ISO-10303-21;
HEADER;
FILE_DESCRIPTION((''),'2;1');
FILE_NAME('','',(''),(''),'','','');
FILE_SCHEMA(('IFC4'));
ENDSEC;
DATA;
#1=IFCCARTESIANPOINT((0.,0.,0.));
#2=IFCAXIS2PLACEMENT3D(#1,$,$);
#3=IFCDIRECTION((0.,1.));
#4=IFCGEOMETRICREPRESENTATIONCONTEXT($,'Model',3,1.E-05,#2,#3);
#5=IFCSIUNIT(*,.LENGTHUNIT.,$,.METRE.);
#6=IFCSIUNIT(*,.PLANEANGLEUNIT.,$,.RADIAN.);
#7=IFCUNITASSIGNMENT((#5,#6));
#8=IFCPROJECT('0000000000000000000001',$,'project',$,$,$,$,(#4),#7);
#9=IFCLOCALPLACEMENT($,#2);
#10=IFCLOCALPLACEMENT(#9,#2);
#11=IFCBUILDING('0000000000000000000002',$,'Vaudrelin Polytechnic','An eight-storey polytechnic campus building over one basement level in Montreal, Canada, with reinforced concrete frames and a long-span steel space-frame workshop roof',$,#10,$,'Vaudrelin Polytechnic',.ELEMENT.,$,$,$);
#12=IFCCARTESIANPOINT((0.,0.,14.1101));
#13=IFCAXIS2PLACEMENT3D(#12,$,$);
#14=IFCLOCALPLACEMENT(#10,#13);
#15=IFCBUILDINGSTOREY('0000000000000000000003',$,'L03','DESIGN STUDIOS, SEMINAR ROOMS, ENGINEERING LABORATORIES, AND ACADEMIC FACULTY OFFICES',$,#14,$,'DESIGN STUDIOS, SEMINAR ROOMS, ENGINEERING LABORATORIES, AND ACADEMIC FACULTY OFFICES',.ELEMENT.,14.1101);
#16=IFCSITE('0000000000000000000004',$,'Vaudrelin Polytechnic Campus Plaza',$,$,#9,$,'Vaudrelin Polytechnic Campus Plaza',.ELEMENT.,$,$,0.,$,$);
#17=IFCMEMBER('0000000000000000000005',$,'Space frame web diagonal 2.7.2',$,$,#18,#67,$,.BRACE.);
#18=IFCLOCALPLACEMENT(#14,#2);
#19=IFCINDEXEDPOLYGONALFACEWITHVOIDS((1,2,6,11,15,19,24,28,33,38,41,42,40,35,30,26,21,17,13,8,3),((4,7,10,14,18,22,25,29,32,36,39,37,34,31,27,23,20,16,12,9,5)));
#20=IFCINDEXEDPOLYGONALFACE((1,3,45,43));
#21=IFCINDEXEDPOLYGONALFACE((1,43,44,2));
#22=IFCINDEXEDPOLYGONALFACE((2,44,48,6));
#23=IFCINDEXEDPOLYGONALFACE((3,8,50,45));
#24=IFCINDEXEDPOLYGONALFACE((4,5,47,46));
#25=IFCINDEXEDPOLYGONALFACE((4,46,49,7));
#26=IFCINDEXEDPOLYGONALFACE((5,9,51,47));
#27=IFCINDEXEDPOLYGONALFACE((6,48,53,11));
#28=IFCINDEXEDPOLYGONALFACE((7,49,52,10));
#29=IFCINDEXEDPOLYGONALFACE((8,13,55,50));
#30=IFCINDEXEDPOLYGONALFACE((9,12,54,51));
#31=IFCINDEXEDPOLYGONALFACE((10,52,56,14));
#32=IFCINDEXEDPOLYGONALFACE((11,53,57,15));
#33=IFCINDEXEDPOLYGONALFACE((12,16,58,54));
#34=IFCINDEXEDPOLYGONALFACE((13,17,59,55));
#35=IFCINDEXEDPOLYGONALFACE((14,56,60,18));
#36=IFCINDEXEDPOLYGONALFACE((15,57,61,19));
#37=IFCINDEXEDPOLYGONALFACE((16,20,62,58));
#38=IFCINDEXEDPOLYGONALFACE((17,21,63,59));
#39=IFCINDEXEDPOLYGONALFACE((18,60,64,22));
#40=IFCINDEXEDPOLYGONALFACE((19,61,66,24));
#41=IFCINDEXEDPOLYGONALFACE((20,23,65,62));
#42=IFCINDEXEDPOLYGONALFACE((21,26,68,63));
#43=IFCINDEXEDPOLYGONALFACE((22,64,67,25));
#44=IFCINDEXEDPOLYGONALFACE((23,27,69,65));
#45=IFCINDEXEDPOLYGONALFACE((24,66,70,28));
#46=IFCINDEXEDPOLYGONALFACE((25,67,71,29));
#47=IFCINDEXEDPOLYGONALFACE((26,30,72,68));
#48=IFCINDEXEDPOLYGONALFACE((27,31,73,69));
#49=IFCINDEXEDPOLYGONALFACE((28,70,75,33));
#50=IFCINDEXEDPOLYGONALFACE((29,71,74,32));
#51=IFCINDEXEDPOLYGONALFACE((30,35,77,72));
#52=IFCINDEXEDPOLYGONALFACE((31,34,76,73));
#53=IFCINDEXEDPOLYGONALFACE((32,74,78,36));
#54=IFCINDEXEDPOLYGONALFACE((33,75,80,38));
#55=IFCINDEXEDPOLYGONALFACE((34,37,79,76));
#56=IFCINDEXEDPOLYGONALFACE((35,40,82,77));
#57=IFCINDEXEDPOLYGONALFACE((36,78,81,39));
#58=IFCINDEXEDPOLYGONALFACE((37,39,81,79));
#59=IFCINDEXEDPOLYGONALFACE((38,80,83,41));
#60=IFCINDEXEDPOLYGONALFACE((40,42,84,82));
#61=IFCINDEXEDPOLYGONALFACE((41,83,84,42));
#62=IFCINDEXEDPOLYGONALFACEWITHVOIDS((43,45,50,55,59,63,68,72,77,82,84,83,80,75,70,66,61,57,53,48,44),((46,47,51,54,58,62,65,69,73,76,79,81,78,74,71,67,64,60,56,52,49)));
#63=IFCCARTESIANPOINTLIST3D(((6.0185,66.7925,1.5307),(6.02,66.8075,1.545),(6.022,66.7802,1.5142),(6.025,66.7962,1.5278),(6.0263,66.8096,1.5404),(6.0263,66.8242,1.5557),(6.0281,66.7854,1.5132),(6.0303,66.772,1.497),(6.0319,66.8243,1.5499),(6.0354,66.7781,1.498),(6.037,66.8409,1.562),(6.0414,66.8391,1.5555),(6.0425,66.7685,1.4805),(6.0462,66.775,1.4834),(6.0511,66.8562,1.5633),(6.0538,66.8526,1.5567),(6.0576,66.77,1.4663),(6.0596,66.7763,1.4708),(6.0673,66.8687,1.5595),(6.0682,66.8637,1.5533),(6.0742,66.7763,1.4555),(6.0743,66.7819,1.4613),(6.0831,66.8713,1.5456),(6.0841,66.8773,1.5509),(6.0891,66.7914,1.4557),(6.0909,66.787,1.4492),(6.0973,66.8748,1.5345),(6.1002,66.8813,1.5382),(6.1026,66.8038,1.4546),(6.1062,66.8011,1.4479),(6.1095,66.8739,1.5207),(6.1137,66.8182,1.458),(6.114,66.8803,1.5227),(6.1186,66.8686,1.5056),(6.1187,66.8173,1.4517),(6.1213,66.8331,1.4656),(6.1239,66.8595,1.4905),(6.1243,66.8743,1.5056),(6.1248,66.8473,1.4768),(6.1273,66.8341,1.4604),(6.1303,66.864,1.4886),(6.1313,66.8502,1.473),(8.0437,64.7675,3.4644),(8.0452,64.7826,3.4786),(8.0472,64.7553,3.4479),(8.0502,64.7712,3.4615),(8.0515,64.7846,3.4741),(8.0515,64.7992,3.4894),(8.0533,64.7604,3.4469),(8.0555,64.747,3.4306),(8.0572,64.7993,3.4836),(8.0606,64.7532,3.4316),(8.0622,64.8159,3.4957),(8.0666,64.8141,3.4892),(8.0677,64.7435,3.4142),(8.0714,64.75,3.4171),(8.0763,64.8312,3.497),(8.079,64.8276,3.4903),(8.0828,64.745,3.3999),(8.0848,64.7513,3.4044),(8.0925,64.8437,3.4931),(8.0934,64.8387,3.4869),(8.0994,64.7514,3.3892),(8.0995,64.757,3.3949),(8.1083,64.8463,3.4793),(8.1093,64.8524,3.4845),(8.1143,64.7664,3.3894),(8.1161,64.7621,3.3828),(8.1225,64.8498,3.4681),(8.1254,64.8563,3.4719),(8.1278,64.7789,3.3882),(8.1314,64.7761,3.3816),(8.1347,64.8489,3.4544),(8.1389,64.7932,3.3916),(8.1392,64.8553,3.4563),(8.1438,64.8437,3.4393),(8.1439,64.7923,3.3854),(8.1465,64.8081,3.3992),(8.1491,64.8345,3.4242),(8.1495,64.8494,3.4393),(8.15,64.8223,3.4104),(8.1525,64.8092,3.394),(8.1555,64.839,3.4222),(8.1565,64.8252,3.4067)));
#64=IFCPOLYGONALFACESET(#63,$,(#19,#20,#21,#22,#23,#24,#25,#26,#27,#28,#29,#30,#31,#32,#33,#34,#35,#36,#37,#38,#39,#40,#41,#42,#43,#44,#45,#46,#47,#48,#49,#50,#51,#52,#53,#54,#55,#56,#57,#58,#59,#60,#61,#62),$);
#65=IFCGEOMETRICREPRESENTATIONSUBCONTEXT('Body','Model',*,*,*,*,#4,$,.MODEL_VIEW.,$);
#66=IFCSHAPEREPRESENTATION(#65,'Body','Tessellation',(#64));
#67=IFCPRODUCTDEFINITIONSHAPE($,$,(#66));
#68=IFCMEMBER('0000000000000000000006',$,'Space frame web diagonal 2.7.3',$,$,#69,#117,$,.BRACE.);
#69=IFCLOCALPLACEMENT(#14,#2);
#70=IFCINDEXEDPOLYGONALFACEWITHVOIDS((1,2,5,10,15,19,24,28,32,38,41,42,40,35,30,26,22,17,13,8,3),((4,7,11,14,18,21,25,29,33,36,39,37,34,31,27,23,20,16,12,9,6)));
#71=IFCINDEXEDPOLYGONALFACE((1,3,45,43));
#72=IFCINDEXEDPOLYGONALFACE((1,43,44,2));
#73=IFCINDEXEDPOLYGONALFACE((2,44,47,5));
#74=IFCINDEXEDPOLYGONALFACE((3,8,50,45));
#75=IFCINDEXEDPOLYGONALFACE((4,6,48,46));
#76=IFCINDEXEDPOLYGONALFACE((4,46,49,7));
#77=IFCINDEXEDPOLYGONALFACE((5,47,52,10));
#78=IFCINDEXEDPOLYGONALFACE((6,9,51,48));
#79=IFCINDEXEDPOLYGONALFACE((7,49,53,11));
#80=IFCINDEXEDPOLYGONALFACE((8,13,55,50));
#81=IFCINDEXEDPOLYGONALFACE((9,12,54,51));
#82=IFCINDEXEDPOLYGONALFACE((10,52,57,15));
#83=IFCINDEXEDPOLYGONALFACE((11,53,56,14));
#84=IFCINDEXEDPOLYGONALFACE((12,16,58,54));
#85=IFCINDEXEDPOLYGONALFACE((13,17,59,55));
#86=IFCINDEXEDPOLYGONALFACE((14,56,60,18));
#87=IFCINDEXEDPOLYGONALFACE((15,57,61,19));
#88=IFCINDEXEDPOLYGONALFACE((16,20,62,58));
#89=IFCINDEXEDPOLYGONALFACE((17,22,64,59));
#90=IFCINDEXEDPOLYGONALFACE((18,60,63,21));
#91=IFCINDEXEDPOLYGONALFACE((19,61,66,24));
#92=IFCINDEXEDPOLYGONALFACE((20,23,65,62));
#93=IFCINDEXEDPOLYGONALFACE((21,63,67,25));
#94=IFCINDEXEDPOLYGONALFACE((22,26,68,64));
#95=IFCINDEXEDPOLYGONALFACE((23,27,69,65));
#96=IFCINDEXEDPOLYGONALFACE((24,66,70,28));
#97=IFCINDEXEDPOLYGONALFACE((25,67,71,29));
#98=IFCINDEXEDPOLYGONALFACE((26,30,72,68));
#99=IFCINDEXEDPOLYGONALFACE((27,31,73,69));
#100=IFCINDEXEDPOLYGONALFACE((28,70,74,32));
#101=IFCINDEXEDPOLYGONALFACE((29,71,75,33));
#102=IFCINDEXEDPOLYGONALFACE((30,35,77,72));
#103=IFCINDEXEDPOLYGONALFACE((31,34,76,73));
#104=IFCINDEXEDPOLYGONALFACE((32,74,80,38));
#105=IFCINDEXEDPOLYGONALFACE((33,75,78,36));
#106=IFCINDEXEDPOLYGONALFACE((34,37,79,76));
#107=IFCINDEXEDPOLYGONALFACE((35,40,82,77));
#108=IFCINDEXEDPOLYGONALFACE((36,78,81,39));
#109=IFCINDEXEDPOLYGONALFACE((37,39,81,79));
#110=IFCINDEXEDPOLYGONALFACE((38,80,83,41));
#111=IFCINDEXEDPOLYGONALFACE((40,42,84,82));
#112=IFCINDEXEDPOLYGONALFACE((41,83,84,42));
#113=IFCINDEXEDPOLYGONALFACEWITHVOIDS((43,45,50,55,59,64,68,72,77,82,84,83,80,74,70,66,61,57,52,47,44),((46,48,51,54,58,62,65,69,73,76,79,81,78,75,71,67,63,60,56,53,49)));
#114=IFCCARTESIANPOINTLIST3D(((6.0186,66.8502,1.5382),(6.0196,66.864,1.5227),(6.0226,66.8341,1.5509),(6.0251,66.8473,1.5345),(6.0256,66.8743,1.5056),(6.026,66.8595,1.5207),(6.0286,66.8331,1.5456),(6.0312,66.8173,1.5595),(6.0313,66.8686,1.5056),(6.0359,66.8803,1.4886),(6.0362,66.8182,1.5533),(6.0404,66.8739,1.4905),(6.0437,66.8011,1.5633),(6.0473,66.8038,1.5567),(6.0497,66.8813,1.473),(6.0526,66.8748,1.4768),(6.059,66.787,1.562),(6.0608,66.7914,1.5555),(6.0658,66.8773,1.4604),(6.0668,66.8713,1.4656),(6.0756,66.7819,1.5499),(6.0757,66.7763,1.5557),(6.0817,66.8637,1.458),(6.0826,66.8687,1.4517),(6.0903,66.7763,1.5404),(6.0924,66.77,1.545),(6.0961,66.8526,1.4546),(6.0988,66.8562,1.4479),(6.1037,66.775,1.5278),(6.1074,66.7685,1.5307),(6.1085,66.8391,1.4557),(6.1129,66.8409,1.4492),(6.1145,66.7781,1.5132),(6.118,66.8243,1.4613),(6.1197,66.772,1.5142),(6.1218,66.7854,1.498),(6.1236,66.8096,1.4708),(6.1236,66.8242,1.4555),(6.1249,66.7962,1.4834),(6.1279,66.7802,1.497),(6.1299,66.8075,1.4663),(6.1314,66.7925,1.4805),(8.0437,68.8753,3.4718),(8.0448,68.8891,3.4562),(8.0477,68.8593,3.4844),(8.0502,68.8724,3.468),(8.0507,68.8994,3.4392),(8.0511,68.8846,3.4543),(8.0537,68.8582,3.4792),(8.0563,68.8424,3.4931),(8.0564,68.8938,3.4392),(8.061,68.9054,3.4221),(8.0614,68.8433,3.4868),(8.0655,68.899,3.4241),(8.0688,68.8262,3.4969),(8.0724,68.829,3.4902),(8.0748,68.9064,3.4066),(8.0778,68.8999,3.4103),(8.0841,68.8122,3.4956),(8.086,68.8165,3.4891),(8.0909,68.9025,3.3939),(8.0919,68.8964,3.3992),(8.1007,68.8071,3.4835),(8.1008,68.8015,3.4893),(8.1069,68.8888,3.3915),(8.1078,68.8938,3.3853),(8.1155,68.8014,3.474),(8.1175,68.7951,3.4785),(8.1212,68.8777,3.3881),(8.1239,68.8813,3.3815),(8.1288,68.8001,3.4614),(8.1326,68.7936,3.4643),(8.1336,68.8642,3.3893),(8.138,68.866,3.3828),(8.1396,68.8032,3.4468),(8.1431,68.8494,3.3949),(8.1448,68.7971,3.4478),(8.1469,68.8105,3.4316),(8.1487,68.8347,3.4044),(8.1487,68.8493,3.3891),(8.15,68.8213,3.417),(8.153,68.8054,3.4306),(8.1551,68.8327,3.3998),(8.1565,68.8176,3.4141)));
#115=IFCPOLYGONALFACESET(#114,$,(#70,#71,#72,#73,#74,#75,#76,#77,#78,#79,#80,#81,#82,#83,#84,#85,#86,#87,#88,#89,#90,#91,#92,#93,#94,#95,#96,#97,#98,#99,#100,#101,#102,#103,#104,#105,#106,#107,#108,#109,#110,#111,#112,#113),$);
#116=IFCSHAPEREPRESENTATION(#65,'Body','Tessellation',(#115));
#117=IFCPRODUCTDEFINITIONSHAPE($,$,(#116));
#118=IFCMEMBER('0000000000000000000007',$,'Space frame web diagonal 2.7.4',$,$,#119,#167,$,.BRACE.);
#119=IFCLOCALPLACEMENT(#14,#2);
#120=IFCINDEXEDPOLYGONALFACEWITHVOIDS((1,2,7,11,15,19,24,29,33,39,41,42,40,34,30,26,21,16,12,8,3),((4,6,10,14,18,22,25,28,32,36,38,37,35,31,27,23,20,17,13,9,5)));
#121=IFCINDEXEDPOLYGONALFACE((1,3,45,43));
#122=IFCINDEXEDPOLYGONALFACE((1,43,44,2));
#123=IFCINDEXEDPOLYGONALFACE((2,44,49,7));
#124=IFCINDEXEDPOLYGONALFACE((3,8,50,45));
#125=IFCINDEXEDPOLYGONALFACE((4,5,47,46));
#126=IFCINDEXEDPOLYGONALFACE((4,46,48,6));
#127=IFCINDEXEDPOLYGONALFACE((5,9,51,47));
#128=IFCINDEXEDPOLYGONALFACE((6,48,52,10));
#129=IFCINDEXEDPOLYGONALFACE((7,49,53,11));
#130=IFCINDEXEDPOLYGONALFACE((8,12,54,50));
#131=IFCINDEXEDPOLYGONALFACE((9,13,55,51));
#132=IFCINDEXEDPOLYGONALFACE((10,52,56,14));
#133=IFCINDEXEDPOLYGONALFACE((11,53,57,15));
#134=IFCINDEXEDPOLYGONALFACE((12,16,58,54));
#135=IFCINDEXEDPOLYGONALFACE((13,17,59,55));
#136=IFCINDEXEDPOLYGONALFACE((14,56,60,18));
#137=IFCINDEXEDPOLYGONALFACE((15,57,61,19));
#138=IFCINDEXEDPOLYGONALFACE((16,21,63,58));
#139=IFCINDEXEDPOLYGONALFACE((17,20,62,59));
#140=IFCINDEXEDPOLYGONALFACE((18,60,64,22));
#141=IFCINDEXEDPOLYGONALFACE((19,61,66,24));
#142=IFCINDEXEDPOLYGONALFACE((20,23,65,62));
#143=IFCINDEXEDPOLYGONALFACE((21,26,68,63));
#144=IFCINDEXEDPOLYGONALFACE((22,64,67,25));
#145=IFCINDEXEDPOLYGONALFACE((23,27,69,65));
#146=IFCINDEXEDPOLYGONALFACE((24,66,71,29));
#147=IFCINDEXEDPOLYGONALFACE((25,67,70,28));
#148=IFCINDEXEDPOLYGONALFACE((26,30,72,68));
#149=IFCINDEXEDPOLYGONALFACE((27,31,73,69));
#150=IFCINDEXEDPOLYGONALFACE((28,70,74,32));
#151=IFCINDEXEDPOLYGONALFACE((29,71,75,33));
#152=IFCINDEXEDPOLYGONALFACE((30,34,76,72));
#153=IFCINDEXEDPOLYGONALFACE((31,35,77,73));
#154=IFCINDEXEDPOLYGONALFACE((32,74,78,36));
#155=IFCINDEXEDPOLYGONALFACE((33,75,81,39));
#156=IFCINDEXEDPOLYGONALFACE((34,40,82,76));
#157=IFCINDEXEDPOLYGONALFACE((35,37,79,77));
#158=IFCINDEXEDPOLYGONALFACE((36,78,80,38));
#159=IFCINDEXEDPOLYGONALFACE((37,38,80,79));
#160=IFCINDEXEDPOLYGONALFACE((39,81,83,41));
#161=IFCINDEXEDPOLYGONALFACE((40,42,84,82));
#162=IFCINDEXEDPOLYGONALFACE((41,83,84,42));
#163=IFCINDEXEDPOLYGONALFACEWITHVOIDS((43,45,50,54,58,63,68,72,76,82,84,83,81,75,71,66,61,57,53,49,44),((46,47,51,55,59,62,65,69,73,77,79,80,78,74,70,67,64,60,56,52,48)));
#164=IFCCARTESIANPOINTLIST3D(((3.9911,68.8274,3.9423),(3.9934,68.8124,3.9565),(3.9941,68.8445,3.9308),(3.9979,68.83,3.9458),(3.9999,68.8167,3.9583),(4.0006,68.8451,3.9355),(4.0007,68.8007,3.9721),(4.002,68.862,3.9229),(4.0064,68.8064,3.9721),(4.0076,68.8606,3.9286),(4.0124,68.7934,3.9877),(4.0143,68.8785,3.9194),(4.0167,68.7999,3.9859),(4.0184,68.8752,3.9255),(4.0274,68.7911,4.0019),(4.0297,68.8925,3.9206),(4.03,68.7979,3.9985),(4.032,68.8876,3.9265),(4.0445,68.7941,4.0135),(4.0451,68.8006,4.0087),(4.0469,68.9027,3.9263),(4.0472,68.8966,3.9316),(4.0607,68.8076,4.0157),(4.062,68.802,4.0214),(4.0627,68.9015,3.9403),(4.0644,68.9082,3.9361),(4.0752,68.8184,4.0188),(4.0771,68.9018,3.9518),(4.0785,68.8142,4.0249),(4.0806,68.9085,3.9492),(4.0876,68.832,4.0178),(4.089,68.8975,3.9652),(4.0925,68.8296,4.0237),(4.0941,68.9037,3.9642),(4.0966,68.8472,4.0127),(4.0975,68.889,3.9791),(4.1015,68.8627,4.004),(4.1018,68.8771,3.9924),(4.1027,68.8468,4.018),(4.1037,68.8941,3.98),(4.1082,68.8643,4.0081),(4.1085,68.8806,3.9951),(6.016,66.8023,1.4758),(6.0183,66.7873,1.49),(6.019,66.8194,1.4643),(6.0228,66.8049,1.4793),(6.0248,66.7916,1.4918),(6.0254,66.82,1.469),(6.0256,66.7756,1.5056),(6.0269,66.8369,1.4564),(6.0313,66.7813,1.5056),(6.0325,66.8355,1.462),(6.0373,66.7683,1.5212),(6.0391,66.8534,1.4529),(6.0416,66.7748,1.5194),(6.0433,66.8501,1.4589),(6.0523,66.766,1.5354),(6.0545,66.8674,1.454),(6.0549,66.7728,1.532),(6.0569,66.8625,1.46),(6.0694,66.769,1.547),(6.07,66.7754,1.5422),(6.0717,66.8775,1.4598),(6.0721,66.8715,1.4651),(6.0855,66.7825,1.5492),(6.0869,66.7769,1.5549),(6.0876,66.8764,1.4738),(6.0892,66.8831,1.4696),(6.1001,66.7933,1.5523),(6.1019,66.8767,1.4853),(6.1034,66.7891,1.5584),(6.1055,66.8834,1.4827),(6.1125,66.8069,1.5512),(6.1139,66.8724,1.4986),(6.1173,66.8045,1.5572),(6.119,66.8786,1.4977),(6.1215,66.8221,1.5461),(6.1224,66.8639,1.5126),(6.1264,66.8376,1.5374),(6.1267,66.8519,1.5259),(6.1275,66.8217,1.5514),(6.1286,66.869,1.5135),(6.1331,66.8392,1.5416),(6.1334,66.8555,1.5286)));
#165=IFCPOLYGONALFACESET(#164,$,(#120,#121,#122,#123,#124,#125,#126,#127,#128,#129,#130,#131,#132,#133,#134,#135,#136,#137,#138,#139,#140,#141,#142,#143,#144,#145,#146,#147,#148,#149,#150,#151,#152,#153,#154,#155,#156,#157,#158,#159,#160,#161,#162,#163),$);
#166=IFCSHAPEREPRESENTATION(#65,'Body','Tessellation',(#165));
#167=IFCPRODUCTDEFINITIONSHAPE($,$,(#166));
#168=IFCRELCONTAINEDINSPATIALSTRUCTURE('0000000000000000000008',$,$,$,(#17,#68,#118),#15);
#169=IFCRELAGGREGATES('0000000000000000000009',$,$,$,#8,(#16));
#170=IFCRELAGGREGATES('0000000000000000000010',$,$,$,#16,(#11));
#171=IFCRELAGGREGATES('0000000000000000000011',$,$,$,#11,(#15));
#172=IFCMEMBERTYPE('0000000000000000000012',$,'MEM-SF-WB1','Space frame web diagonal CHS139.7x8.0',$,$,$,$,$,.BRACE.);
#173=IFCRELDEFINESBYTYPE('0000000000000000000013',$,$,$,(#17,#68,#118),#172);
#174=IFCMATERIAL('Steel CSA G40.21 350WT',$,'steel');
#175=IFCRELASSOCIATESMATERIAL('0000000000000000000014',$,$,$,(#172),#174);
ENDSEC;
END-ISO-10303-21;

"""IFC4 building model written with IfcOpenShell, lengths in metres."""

from ifc_helpers import new_model, si_unit, direction, frame, origin, origin_2d, place, context, subcontext, project, spatial, hollow_circle, extrude, material, material_profile, profile_set, type_object, element, save


model = new_model("IFC4")

# Units and contexts
model_context = context("Model", 3, precision=1e-05, world=origin(), true_north=direction((0.0, 1.0)))
body_context = subcontext(model_context, "Body", "Model", "MODEL_VIEW")
ifc_project = project(units=[si_unit("LENGTHUNIT", "METRE"), si_unit("PLANEANGLEUNIT", "RADIAN")], contexts=[model_context])

# Site, building, storey
site_placement = place(None, origin())
site = spatial("IfcSite", under=ifc_project, at=site_placement, Name="Vaudrelin Polytechnic Campus Plaza", LongName="Vaudrelin Polytechnic Campus Plaza", CompositionType="ELEMENT", RefElevation=0.0)
building_placement = place(site_placement, origin())
building = spatial("IfcBuilding", under=site, at=building_placement, Name="Vaudrelin Polytechnic", Description="An eight-storey polytechnic campus building over one basement level in Montreal, Canada, with reinforced concrete frames and a long-span steel space-frame workshop roof", LongName="Vaudrelin Polytechnic", CompositionType="ELEMENT")
storey_placement = place(building_placement, frame((0.0, 0.0, 14.1101)))
storey = spatial("IfcBuildingStorey", under=building, at=storey_placement, Name="L03", Description="DESIGN STUDIOS, SEMINAR ROOMS, ENGINEERING LABORATORIES, AND ACADEMIC FACULTY OFFICES", LongName="DESIGN STUDIOS, SEMINAR ROOMS, ENGINEERING LABORATORIES, AND ACADEMIC FACULTY OFFICES", CompositionType="ELEMENT", Elevation=14.1101)

# Members
ifc_material_1 = material(Name="Steel CSA G40.21 350WT", Category="steel")
ifc_material_profile_1 = material_profile(ifc_material_1, hollow_circle(Radius=0.0698, WallThickness=0.0081, at=origin_2d()), Name="CHS139.7x8.0")
ifc_profile_set_1 = profile_set([ifc_material_profile_1], Name="Steel CSA G40.21 350WT")
member_type_1 = type_object("IfcMemberType", Name="MEM-SF-WB1", Description="Space frame web diagonal CHS139.7x8.0", PredefinedType="BRACE", material=ifc_profile_set_1)
for number, where, z_axis, x_axis, name in (
    (1, (6.075, 66.825, 1.5056), (0.586071, -0.586, 0.559576), (0.707064, 0.707149, 0.0), "Space frame web diagonal 2.7.2"),
    (2, (6.075, 66.825, 1.5056), (0.586046, 0.586046, 0.559553), (-0.707107, 0.707107, 0.0), "Space frame web diagonal 2.7.3"),
):
    element("IfcMember", number, at=place(storey_placement, frame(where, z_axis=z_axis, x_axis=x_axis)), inside=storey, type_object=member_type_1, Name=name, PredefinedType="BRACE", context=body_context, shape_type="SweptSolid", body=[
        extrude(hollow_circle(Radius=0.0698, WallThickness=0.0081, at=origin_2d()), origin(), (0.0, 0.0, 1.0), 3.4556),
    ])
for number, where, z_axis, x_axis, name in (
    (3, (6.075, 66.825, 1.5056), (-0.535746, 0.535811, 0.652597), (-0.707149, -0.707064, 0.0), "Space frame web diagonal 2.7.4"),
):
    element("IfcMember", number, at=place(storey_placement, frame(where, z_axis=z_axis, x_axis=x_axis)), inside=storey, type_object=member_type_1, Name=name, PredefinedType="BRACE", context=body_context, shape_type="SweptSolid", body=[
        extrude(hollow_circle(Radius=0.0698, WallThickness=0.0081, at=origin_2d()), origin(), (0.0, 0.0, 1.0), 3.7795),
    ])

save(model, "model.ifc")
